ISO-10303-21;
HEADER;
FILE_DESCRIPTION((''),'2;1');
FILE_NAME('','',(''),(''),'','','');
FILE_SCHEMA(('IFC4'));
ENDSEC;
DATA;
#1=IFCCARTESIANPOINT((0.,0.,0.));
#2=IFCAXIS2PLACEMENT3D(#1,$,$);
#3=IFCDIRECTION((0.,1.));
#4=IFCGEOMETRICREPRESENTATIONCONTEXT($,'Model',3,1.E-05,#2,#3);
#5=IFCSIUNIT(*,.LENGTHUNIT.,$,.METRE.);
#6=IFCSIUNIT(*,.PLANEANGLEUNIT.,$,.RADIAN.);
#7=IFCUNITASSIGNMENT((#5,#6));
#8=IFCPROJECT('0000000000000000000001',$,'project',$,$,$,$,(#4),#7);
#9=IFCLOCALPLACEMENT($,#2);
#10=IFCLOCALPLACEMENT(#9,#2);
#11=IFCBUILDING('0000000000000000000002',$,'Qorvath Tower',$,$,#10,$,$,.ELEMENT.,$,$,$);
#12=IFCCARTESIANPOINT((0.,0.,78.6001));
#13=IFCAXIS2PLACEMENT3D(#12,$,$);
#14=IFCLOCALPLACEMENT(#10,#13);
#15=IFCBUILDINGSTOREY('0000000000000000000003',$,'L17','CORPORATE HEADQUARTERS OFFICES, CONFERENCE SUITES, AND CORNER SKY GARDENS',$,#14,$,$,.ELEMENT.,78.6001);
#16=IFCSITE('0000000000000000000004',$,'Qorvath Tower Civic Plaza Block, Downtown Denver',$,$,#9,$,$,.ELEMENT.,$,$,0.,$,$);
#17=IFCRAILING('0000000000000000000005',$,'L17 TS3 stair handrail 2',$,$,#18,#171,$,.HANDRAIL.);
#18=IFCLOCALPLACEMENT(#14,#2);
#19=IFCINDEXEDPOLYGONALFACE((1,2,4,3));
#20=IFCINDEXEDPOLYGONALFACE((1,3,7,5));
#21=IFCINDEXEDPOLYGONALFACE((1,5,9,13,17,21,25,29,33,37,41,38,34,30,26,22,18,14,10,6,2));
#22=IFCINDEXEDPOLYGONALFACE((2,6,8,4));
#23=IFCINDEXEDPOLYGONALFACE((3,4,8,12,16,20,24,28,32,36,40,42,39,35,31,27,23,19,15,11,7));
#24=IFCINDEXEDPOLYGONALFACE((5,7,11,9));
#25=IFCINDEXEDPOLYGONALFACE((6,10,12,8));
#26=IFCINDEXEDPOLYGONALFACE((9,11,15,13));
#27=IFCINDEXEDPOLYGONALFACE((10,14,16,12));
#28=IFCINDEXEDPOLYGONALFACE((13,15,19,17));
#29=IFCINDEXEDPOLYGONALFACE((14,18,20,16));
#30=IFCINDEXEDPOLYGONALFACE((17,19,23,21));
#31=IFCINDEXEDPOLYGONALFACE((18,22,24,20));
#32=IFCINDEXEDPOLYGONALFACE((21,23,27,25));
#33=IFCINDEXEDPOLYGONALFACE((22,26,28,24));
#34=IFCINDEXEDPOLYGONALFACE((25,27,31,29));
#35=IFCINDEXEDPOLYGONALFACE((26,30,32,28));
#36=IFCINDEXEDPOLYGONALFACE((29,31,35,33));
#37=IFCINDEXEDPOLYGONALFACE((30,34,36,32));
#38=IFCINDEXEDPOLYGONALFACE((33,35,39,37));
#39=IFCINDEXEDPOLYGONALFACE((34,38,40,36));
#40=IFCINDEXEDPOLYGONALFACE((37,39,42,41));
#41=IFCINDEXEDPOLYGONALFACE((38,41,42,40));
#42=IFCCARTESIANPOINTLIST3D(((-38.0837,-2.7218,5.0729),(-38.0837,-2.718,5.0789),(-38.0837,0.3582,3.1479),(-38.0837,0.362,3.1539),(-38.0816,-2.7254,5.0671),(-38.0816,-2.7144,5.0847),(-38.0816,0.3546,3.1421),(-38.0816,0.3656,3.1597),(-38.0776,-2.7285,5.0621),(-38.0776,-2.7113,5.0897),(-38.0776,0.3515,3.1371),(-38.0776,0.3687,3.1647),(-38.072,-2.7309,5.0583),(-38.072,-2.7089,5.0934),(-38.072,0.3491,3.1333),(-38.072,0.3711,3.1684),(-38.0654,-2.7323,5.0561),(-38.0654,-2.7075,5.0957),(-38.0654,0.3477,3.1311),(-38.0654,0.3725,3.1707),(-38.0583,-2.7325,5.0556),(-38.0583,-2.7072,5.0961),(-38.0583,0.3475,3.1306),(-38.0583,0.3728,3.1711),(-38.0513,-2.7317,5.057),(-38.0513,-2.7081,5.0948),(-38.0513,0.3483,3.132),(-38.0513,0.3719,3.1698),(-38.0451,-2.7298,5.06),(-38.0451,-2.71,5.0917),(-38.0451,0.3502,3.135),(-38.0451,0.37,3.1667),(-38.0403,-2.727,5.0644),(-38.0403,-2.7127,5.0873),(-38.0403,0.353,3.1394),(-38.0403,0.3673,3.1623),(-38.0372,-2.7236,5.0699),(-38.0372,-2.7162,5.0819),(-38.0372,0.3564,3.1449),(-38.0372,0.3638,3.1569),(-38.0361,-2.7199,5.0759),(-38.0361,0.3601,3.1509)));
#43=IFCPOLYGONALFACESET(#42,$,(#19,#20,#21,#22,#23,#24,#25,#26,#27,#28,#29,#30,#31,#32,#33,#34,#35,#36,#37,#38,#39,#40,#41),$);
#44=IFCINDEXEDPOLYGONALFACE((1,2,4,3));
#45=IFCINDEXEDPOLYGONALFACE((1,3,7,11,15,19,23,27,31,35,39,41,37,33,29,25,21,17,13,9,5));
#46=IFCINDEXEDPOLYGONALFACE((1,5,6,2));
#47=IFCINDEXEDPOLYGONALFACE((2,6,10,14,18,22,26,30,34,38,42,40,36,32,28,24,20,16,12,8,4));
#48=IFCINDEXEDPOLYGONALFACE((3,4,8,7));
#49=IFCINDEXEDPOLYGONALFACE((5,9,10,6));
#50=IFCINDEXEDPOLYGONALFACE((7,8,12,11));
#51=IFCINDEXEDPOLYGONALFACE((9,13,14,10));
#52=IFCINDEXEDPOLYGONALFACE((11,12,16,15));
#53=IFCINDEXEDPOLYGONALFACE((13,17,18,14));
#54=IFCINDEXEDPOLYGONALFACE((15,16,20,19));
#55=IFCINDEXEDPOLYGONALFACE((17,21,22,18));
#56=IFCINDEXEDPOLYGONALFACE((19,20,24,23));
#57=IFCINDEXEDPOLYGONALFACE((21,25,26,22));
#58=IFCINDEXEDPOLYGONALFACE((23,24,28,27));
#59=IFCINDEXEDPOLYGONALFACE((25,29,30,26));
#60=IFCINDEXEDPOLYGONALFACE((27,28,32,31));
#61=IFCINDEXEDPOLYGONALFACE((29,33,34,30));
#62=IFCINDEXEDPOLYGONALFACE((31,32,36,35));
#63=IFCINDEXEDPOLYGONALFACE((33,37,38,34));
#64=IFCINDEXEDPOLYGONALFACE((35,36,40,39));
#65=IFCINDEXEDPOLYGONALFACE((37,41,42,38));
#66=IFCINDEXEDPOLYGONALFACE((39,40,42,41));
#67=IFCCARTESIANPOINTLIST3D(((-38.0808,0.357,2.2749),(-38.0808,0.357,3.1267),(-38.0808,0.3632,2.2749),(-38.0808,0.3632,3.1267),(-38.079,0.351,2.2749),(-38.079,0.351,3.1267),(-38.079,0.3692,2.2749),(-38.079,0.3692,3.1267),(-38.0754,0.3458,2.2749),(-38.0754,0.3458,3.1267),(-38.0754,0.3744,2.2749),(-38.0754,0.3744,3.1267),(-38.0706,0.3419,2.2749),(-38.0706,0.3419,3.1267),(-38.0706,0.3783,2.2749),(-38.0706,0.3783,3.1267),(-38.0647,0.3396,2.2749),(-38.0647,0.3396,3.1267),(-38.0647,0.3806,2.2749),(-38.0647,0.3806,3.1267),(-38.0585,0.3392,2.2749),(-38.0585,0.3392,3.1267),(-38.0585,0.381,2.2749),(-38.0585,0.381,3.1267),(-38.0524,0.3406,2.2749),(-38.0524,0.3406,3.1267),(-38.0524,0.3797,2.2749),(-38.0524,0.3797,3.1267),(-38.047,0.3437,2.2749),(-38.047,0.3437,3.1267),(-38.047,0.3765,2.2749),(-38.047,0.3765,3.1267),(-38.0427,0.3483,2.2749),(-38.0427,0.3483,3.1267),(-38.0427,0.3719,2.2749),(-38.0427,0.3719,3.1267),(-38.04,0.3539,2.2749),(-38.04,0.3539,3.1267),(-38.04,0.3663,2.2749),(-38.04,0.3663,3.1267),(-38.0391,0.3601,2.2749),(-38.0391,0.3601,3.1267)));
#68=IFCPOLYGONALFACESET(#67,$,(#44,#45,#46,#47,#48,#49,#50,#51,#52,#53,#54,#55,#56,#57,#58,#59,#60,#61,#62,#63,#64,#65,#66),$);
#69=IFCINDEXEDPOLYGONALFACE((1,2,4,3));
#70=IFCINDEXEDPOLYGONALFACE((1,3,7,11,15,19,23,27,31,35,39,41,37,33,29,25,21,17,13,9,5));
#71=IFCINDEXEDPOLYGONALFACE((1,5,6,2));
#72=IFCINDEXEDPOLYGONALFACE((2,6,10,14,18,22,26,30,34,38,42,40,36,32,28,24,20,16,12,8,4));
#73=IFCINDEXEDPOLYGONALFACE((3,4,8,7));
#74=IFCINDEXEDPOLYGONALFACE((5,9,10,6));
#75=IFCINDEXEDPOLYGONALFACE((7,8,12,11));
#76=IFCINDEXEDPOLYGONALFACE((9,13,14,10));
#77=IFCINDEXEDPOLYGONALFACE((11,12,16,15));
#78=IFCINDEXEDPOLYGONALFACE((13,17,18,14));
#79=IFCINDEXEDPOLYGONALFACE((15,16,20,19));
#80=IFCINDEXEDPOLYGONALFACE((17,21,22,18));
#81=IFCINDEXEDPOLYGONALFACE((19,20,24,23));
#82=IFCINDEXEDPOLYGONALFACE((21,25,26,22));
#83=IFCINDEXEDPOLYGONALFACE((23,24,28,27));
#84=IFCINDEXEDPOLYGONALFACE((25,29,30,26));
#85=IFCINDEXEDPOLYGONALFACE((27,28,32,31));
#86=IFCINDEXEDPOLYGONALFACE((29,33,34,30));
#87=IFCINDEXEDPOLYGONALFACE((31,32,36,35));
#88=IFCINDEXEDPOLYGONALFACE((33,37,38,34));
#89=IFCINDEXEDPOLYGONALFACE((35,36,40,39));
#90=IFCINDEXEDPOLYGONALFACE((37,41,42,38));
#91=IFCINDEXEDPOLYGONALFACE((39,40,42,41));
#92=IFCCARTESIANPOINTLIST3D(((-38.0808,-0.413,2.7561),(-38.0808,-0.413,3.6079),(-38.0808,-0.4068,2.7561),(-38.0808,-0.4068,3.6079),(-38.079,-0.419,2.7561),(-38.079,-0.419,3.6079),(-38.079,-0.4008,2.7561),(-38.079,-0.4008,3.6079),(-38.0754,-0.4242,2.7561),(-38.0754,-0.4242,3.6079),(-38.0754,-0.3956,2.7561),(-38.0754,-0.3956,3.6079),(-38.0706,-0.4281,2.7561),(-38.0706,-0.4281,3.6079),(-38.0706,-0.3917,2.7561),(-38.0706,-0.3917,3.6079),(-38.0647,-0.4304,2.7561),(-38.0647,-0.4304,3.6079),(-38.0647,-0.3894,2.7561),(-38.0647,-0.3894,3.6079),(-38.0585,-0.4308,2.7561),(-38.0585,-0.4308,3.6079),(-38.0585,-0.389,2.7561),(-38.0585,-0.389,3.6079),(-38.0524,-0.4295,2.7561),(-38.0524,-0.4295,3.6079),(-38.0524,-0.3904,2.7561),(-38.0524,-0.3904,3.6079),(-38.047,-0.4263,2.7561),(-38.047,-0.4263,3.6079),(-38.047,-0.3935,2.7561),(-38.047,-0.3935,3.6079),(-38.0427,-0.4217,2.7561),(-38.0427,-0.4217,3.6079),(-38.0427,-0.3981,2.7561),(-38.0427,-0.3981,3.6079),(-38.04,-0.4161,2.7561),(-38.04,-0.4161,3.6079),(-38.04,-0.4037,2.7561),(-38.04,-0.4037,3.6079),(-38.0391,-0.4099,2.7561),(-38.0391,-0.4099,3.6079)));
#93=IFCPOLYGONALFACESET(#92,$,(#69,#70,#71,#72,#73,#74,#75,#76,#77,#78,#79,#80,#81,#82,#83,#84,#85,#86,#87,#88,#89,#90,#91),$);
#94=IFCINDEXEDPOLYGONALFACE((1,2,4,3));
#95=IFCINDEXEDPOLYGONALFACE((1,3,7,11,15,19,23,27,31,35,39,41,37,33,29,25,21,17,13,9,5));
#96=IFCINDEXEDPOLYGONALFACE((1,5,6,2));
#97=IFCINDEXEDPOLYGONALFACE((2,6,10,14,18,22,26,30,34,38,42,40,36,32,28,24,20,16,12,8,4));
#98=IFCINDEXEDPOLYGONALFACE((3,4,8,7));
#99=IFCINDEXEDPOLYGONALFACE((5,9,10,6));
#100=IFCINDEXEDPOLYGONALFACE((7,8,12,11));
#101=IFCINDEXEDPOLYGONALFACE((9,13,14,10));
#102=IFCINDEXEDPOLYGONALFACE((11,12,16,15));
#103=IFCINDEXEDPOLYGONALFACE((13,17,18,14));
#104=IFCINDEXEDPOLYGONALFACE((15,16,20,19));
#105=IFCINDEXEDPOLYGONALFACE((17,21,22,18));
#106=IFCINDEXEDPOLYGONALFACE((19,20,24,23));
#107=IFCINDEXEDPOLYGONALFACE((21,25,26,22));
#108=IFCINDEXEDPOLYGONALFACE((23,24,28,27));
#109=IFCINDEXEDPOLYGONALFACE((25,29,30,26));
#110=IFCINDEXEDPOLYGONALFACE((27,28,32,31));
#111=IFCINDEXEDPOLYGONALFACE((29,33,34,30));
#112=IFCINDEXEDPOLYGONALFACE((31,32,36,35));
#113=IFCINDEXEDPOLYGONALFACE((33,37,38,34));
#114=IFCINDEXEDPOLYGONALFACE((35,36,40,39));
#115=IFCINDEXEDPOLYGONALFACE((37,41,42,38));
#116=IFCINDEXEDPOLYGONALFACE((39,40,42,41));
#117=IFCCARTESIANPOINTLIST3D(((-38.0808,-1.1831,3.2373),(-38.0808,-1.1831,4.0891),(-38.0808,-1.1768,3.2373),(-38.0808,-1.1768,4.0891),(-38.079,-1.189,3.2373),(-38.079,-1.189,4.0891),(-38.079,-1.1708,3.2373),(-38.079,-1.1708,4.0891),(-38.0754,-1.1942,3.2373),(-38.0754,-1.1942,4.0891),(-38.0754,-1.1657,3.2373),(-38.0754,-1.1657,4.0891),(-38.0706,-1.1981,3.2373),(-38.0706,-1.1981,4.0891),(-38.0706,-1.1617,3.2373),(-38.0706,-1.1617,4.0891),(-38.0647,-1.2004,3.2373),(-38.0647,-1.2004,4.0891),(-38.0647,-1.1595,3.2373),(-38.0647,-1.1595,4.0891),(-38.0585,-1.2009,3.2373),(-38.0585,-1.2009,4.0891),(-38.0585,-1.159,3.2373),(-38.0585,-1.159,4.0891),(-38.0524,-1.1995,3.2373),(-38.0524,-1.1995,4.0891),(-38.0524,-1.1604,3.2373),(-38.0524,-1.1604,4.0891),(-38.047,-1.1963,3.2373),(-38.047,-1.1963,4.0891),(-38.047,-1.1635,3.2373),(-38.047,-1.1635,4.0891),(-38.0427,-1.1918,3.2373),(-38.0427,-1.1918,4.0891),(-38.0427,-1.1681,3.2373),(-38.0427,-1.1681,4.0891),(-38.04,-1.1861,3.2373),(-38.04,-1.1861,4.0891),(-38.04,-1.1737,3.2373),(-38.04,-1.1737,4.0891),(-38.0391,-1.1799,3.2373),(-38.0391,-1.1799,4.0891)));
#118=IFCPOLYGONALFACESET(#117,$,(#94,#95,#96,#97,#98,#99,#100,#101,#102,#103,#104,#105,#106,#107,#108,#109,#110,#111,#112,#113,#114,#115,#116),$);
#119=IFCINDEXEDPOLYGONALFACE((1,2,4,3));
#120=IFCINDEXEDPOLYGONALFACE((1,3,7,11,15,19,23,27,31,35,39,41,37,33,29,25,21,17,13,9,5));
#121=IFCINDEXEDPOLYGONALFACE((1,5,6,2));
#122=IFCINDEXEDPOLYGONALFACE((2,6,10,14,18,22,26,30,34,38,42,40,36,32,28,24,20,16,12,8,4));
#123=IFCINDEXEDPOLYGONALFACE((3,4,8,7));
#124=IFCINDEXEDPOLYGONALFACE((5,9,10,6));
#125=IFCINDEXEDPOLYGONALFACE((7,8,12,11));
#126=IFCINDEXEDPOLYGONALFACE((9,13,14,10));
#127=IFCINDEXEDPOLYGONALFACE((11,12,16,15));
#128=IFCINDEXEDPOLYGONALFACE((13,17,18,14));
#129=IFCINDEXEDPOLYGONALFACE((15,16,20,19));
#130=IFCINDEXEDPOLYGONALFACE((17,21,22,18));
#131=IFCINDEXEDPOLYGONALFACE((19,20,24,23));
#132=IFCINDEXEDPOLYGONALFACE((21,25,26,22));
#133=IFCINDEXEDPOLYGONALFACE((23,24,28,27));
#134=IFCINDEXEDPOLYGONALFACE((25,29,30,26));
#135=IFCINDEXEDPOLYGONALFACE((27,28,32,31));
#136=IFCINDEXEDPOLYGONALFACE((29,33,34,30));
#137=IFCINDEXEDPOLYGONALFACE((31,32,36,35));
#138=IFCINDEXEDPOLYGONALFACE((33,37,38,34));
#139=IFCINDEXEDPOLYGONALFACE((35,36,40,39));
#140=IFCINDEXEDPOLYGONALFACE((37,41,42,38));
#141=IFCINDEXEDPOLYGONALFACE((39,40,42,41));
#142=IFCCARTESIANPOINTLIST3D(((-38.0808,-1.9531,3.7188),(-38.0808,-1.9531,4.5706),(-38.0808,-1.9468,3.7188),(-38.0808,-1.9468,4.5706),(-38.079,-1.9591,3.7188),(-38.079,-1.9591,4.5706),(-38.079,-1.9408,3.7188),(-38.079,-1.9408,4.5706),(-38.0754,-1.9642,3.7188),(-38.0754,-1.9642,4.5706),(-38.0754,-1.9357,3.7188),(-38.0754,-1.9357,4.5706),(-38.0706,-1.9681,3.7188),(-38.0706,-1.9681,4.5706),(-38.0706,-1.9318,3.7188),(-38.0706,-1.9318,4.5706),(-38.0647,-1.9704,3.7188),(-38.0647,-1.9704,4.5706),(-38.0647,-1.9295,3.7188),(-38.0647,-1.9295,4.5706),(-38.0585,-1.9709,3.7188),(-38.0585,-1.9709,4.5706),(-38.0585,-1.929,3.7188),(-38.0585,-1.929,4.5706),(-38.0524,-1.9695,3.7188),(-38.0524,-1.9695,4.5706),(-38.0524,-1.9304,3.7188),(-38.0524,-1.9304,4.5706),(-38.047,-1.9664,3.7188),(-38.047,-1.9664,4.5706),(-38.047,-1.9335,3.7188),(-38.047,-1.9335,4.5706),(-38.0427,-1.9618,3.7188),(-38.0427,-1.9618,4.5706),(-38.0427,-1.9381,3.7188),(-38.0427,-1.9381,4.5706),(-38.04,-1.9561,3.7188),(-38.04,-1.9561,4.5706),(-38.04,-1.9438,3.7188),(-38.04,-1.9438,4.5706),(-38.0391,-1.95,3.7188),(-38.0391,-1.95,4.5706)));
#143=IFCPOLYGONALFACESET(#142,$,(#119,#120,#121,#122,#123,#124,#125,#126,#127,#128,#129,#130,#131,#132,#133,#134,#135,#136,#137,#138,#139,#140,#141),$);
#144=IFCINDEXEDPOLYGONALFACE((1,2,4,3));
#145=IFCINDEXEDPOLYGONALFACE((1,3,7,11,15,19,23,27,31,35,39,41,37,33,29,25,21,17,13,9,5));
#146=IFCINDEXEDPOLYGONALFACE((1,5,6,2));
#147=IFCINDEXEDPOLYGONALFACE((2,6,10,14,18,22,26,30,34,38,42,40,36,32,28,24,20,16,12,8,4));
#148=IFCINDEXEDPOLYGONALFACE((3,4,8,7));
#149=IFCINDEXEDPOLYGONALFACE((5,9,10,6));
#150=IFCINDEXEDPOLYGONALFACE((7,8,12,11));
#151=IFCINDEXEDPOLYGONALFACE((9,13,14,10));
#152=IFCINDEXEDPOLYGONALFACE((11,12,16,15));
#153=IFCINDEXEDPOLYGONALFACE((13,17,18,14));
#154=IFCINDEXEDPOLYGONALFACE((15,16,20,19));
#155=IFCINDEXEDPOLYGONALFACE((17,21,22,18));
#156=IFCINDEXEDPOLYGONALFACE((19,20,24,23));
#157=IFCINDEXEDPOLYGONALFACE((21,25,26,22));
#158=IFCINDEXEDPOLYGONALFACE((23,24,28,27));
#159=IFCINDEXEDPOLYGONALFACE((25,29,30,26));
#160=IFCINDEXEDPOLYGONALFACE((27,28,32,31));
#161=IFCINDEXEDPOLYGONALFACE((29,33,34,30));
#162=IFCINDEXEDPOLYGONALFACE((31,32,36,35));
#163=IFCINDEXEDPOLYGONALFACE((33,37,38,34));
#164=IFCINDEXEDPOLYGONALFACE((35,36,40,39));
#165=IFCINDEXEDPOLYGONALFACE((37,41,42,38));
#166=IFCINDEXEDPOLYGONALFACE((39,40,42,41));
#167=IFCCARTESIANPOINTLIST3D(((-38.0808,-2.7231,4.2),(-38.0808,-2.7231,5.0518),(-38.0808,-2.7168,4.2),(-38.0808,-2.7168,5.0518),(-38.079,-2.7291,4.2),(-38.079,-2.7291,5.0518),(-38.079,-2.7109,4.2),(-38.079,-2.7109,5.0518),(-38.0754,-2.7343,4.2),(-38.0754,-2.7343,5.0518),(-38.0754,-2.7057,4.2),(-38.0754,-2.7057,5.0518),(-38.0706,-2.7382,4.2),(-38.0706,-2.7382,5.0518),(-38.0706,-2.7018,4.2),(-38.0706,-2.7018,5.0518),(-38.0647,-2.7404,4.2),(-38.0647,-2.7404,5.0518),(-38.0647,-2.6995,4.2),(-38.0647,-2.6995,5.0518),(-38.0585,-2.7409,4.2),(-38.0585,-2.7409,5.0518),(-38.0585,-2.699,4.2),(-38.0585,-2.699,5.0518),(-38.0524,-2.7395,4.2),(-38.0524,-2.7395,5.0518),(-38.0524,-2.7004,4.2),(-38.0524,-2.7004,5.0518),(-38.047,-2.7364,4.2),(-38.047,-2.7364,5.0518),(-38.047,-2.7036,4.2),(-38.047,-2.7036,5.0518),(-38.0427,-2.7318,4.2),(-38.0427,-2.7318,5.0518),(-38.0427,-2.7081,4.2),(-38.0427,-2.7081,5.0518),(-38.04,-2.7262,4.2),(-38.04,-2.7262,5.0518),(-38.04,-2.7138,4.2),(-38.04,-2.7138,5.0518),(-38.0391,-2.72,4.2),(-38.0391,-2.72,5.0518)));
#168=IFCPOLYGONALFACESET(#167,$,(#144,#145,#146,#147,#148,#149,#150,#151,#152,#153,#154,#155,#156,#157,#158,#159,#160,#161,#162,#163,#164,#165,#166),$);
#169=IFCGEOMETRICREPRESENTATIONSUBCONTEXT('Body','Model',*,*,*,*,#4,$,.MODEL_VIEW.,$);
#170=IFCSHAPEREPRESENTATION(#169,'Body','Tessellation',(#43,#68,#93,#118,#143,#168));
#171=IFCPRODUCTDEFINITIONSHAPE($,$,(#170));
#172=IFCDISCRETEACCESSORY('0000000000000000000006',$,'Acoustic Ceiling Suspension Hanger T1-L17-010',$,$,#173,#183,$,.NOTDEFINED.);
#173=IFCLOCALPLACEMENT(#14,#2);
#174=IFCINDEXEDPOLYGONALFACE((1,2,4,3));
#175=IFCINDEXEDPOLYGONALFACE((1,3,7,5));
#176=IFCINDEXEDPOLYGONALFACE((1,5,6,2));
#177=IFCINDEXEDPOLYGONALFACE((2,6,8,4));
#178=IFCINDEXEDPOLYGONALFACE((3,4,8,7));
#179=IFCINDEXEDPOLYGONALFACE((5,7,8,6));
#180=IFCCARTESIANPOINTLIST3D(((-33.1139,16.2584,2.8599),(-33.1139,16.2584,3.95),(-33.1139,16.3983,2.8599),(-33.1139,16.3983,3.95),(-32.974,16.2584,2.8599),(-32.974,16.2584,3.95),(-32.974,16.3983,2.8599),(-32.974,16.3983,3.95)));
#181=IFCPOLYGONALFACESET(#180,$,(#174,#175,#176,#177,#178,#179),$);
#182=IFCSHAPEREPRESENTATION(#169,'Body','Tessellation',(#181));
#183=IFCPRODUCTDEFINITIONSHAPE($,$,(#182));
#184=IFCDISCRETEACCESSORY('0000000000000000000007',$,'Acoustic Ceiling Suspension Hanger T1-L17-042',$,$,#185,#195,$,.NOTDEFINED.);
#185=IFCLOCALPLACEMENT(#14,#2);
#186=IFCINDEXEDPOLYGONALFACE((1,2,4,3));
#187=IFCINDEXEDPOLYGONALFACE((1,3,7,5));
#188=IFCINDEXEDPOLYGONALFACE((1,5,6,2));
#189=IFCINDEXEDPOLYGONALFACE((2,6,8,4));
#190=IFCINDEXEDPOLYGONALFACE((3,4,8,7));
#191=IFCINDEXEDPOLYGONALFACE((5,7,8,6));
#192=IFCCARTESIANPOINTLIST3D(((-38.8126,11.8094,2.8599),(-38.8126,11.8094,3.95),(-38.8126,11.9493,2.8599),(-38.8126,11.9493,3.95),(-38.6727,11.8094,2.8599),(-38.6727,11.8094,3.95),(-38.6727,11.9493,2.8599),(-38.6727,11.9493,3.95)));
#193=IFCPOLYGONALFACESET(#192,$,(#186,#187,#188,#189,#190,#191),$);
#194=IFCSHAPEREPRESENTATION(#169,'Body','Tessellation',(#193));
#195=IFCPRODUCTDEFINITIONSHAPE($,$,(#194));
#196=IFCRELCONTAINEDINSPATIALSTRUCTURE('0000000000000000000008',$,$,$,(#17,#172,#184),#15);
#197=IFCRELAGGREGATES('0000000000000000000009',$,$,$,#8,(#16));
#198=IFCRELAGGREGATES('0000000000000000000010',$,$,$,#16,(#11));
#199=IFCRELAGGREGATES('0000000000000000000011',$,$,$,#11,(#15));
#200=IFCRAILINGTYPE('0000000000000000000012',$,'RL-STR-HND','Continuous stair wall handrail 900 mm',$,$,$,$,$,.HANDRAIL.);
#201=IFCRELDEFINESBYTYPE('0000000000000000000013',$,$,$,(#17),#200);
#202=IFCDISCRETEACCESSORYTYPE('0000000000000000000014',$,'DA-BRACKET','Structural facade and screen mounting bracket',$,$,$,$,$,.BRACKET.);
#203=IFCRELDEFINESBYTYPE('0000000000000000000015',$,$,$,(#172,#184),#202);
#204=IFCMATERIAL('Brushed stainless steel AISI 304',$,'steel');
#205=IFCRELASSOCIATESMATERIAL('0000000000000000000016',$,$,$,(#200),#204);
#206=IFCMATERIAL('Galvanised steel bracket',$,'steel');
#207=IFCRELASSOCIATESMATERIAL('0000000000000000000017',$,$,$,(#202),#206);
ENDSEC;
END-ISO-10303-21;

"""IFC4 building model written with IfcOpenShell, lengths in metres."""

from ifc_helpers import new_model, si_unit, direction, frame, origin, origin_2d, place, context, subcontext, project, spatial, rectangle, circle, extrude, material, type_object, element, save


model = new_model("IFC4")

# Units and contexts
model_context = context("Model", 3, precision=1e-05, world=origin(), true_north=direction((0.0, 1.0)))
body_context = subcontext(model_context, "Body", "Model", "MODEL_VIEW")
ifc_project = project(units=[si_unit("LENGTHUNIT", "METRE"), si_unit("PLANEANGLEUNIT", "RADIAN")], contexts=[model_context])

# Site, building, storey
site_placement = place(None, origin())
site = spatial("IfcSite", under=ifc_project, at=site_placement, Name="Qorvath Tower Civic Plaza Block, Downtown Denver", CompositionType="ELEMENT", RefElevation=0.0)
building_placement = place(site_placement, origin())
building = spatial("IfcBuilding", under=site, at=building_placement, Name="Qorvath Tower", CompositionType="ELEMENT")
storey_placement = place(building_placement, frame((0.0, 0.0, 78.6001)))
storey = spatial("IfcBuildingStorey", under=building, at=storey_placement, Name="L17", Description="CORPORATE HEADQUARTERS OFFICES, CONFERENCE SUITES, AND CORNER SKY GARDENS", CompositionType="ELEMENT", Elevation=78.6001)

# Railing
ifc_material_1 = material(Name="Brushed stainless steel AISI 304", Category="steel")
railing_type_1 = type_object("IfcRailingType", Name="RL-STR-HND", Description="Continuous stair wall handrail 900 mm", PredefinedType="HANDRAIL", material=ifc_material_1)
railing_1_placement = place(storey_placement, frame((-38.0601, 0.3601, 2.2749)))
element("IfcRailing", 1, at=railing_1_placement, inside=storey, type_object=railing_type_1, Name="L17 TS3 stair handrail 2", PredefinedType="HANDRAIL", context=body_context, shape_type="SweptSolid", body=[
    extrude(circle(Radius=0.0239, at=origin_2d()), frame((0.0, 0.0, 0.876), z_axis=(0.0, -0.847998, 0.529999), x_axis=(1.0, 0.0, 0.0)), (0.0, 0.0, 1.0), 3.6321),
    extrude(circle(Radius=0.021, at=origin_2d()), origin(), (0.0, 0.0, 1.0), 0.8518),
    extrude(circle(Radius=0.021, at=origin_2d()), frame((0.0, -0.77, 0.4812)), (0.0, 0.0, 1.0), 0.8518),
    extrude(circle(Radius=0.021, at=origin_2d()), frame((0.0, -1.54, 0.9624)), (0.0, 0.0, 1.0), 0.8518),
    extrude(circle(Radius=0.021, at=origin_2d()), frame((0.0, -2.3101, 1.4438)), (0.0, 0.0, 1.0), 0.8518),
    extrude(circle(Radius=0.021, at=origin_2d()), frame((0.0, -3.0801, 1.925)), (0.0, 0.0, 1.0), 0.8518),
])

# Discrete accessories
ifc_material_2 = material(Name="Galvanised steel bracket", Category="steel")
discrete_accessory_type = type_object("IfcDiscreteAccessoryType", Name="DA-BRACKET", Description="Structural facade and screen mounting bracket", PredefinedType="BRACKET", material=ifc_material_2)
for number, where, z_axis, x_axis, name in (
    (2, (-33.0439, 16.3284, 2.8599), (0.0, 0.0, 1.0), (1.0, 0.0, 0.0), "Acoustic Ceiling Suspension Hanger T1-L17-010"),
    (3, (-38.7427, 11.8794, 2.8599), (0.0, 0.0, 1.0), (1.0, 0.0, 0.0), "Acoustic Ceiling Suspension Hanger T1-L17-042"),
):
    element("IfcDiscreteAccessory", number, at=place(storey_placement, frame(where, z_axis=z_axis, x_axis=x_axis)), inside=storey, type_object=discrete_accessory_type, Name=name, PredefinedType="NOTDEFINED", context=body_context, shape_type="SweptSolid", body=[
        extrude(rectangle(XDim=0.1399, YDim=0.1399, at=origin_2d()), origin(), (0.0, 0.0, 1.0), 1.0901),
    ])

save(model, "model.ifc")
